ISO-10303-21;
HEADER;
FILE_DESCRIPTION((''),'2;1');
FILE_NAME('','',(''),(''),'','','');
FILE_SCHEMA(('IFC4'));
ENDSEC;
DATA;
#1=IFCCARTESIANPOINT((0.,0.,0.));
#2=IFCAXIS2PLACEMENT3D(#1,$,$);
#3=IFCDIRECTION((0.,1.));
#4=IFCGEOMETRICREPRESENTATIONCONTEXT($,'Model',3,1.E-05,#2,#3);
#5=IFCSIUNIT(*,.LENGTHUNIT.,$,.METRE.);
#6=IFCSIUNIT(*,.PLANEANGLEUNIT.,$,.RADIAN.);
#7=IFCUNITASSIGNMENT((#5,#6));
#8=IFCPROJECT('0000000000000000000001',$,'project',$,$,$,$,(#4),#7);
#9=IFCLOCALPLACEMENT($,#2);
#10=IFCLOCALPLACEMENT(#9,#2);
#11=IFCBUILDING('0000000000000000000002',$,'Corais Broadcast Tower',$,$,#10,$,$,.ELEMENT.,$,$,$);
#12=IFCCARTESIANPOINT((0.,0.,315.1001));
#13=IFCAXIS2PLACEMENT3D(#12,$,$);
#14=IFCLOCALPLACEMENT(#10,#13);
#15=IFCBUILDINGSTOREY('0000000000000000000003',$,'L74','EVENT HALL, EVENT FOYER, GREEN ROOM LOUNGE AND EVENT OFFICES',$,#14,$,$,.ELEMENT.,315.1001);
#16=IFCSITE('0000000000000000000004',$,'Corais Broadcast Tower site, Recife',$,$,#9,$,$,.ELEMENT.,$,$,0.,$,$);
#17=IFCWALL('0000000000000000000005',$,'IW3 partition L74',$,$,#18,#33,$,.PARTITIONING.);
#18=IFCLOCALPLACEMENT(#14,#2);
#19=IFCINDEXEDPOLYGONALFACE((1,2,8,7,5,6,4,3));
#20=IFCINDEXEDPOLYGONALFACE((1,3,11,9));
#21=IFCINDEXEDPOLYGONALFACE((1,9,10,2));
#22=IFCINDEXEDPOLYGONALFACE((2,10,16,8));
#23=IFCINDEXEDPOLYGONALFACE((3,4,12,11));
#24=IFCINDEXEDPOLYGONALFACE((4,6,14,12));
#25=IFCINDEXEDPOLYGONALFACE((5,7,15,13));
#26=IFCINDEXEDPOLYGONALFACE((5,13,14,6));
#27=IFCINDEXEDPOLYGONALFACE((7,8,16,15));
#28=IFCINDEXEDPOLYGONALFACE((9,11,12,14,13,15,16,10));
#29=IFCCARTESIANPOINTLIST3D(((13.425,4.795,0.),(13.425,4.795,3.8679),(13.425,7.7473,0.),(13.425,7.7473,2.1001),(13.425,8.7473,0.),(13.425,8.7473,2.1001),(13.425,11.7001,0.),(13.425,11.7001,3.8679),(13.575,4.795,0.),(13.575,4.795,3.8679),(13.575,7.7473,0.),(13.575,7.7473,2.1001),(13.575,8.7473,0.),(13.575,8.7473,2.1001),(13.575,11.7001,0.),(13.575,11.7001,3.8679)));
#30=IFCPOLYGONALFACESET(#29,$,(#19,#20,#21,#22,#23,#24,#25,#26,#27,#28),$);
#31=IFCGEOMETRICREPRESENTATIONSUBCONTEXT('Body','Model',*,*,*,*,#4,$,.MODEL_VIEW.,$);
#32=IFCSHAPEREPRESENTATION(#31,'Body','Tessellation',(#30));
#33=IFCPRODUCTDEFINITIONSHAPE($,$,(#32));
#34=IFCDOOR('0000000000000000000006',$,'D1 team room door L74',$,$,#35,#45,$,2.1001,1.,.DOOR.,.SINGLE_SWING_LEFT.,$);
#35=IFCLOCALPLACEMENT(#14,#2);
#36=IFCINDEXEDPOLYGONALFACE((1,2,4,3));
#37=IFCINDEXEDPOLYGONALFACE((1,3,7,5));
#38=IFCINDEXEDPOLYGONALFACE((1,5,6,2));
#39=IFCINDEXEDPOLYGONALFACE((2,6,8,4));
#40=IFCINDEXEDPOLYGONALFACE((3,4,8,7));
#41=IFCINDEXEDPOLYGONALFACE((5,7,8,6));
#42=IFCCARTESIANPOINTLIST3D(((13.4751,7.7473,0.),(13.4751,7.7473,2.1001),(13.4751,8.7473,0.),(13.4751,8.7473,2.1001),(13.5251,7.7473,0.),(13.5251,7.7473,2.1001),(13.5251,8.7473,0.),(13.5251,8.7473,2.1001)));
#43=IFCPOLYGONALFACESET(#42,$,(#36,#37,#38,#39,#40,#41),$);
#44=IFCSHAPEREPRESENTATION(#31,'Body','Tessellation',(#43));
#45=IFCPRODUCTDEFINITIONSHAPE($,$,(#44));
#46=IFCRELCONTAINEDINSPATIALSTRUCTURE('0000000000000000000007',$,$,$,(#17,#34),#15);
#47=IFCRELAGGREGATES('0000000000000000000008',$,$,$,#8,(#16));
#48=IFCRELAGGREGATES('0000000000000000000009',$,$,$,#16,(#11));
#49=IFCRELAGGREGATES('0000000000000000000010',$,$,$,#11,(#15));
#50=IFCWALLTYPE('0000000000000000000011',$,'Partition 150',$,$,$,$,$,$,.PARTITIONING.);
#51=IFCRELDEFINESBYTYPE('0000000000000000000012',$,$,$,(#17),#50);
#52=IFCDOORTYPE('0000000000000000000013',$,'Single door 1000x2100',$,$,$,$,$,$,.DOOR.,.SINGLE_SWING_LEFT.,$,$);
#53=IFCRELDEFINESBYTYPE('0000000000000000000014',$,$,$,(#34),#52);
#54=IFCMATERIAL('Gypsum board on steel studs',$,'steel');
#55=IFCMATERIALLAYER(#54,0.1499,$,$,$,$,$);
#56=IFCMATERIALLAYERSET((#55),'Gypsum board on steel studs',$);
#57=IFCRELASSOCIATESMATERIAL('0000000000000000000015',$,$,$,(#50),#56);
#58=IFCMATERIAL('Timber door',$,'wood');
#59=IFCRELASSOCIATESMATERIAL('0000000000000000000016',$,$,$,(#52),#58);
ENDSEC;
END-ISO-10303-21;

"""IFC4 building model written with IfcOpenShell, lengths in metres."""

from ifc_helpers import new_model, si_unit, direction, frame, frame_2d, origin, place, context, subcontext, project, spatial, rectangle, extrude, material, layer, layer_set, type_object, element, fill, save


model = new_model("IFC4")

# Units and contexts
model_context = context("Model", 3, precision=1e-05, world=origin(), true_north=direction((0.0, 1.0)))
body_context = subcontext(model_context, "Body", "Model", "MODEL_VIEW")
ifc_project = project(units=[si_unit("LENGTHUNIT", "METRE"), si_unit("PLANEANGLEUNIT", "RADIAN")], contexts=[model_context])

# Site, building, storey
site_placement = place(None, origin())
site = spatial("IfcSite", under=ifc_project, at=site_placement, Name="Corais Broadcast Tower site, Recife", CompositionType="ELEMENT", RefElevation=0.0)
building_placement = place(site_placement, origin())
building = spatial("IfcBuilding", under=site, at=building_placement, Name="Corais Broadcast Tower", CompositionType="ELEMENT")
storey_placement = place(building_placement, frame((0.0, 0.0, 315.1001)))
storey = spatial("IfcBuildingStorey", under=building, at=storey_placement, Name="L74", Description="EVENT HALL, EVENT FOYER, GREEN ROOM LOUNGE AND EVENT OFFICES", CompositionType="ELEMENT", Elevation=315.1001)

# Shared definitions
ifc_material_1 = material(Name="Gypsum board on steel studs", Category="steel")
ifc_layer_1 = layer(ifc_material_1, 0.1499)
ifc_layer_set_1 = layer_set([ifc_layer_1], Name="Gypsum board on steel studs")
wall_type = type_object("IfcWallType", Name="Partition 150", PredefinedType="PARTITIONING", material=ifc_layer_set_1)

# Wall, opening, door
wall_1_placement = place(storey_placement, frame((13.5, 4.7949, 0.0), z_axis=(0.0, 0.0, 1.0), x_axis=(0.0, 1.0, 0.0)))
wall_1 = element("IfcWall", 1, at=wall_1_placement, inside=storey, type_object=wall_type, Name="IW3 partition L74", PredefinedType="PARTITIONING", context=body_context, shape_type="SweptSolid", body=[
    extrude(rectangle(XDim=6.905, YDim=0.1499, at=frame_2d((3.4526, 0.0))), origin(), (0.0, 0.0, 1.0), 3.8679),
])
opening_placement = place(wall_1_placement, frame((2.9524, 0.0, 0.0)))
opening = element("IfcOpeningElement", 2, at=opening_placement, cuts=wall_1, PredefinedType="OPENING", context=body_context, shape_type="SweptSolid", body=[
    extrude(rectangle(XDim=1.0, YDim=2.1001, at=frame_2d((0.5, 1.05))), frame((0.0, 0.085, 0.0), z_axis=(0.0, -1.0, 0.0), x_axis=(1.0, 0.0, 0.0)), (0.0, 0.0, 1.0), 0.1699),
])
ifc_material_2 = material(Name="Timber door", Category="wood")
door_type = type_object("IfcDoorType", Name="Single door 1000x2100", OperationType="SINGLE_SWING_LEFT", PredefinedType="DOOR", material=ifc_material_2)
door_placement = place(opening_placement, origin())
door = element("IfcDoor", 3, at=door_placement, inside=storey, type_object=door_type, Name="D1 team room door L74", OperationType="SINGLE_SWING_LEFT", OverallHeight=2.1001, OverallWidth=1.0, PredefinedType="DOOR", context=body_context, shape_type="SweptSolid", body=[
    extrude(rectangle(XDim=1.0, YDim=2.1001, at=frame_2d((0.5, 1.05))), frame((0.0, 0.0249, 0.0), z_axis=(0.0, -1.0, 0.0), x_axis=(1.0, 0.0, 0.0)), (0.0, 0.0, 1.0), 0.05),
])
fill(opening, door)

save(model, "model.ifc")
